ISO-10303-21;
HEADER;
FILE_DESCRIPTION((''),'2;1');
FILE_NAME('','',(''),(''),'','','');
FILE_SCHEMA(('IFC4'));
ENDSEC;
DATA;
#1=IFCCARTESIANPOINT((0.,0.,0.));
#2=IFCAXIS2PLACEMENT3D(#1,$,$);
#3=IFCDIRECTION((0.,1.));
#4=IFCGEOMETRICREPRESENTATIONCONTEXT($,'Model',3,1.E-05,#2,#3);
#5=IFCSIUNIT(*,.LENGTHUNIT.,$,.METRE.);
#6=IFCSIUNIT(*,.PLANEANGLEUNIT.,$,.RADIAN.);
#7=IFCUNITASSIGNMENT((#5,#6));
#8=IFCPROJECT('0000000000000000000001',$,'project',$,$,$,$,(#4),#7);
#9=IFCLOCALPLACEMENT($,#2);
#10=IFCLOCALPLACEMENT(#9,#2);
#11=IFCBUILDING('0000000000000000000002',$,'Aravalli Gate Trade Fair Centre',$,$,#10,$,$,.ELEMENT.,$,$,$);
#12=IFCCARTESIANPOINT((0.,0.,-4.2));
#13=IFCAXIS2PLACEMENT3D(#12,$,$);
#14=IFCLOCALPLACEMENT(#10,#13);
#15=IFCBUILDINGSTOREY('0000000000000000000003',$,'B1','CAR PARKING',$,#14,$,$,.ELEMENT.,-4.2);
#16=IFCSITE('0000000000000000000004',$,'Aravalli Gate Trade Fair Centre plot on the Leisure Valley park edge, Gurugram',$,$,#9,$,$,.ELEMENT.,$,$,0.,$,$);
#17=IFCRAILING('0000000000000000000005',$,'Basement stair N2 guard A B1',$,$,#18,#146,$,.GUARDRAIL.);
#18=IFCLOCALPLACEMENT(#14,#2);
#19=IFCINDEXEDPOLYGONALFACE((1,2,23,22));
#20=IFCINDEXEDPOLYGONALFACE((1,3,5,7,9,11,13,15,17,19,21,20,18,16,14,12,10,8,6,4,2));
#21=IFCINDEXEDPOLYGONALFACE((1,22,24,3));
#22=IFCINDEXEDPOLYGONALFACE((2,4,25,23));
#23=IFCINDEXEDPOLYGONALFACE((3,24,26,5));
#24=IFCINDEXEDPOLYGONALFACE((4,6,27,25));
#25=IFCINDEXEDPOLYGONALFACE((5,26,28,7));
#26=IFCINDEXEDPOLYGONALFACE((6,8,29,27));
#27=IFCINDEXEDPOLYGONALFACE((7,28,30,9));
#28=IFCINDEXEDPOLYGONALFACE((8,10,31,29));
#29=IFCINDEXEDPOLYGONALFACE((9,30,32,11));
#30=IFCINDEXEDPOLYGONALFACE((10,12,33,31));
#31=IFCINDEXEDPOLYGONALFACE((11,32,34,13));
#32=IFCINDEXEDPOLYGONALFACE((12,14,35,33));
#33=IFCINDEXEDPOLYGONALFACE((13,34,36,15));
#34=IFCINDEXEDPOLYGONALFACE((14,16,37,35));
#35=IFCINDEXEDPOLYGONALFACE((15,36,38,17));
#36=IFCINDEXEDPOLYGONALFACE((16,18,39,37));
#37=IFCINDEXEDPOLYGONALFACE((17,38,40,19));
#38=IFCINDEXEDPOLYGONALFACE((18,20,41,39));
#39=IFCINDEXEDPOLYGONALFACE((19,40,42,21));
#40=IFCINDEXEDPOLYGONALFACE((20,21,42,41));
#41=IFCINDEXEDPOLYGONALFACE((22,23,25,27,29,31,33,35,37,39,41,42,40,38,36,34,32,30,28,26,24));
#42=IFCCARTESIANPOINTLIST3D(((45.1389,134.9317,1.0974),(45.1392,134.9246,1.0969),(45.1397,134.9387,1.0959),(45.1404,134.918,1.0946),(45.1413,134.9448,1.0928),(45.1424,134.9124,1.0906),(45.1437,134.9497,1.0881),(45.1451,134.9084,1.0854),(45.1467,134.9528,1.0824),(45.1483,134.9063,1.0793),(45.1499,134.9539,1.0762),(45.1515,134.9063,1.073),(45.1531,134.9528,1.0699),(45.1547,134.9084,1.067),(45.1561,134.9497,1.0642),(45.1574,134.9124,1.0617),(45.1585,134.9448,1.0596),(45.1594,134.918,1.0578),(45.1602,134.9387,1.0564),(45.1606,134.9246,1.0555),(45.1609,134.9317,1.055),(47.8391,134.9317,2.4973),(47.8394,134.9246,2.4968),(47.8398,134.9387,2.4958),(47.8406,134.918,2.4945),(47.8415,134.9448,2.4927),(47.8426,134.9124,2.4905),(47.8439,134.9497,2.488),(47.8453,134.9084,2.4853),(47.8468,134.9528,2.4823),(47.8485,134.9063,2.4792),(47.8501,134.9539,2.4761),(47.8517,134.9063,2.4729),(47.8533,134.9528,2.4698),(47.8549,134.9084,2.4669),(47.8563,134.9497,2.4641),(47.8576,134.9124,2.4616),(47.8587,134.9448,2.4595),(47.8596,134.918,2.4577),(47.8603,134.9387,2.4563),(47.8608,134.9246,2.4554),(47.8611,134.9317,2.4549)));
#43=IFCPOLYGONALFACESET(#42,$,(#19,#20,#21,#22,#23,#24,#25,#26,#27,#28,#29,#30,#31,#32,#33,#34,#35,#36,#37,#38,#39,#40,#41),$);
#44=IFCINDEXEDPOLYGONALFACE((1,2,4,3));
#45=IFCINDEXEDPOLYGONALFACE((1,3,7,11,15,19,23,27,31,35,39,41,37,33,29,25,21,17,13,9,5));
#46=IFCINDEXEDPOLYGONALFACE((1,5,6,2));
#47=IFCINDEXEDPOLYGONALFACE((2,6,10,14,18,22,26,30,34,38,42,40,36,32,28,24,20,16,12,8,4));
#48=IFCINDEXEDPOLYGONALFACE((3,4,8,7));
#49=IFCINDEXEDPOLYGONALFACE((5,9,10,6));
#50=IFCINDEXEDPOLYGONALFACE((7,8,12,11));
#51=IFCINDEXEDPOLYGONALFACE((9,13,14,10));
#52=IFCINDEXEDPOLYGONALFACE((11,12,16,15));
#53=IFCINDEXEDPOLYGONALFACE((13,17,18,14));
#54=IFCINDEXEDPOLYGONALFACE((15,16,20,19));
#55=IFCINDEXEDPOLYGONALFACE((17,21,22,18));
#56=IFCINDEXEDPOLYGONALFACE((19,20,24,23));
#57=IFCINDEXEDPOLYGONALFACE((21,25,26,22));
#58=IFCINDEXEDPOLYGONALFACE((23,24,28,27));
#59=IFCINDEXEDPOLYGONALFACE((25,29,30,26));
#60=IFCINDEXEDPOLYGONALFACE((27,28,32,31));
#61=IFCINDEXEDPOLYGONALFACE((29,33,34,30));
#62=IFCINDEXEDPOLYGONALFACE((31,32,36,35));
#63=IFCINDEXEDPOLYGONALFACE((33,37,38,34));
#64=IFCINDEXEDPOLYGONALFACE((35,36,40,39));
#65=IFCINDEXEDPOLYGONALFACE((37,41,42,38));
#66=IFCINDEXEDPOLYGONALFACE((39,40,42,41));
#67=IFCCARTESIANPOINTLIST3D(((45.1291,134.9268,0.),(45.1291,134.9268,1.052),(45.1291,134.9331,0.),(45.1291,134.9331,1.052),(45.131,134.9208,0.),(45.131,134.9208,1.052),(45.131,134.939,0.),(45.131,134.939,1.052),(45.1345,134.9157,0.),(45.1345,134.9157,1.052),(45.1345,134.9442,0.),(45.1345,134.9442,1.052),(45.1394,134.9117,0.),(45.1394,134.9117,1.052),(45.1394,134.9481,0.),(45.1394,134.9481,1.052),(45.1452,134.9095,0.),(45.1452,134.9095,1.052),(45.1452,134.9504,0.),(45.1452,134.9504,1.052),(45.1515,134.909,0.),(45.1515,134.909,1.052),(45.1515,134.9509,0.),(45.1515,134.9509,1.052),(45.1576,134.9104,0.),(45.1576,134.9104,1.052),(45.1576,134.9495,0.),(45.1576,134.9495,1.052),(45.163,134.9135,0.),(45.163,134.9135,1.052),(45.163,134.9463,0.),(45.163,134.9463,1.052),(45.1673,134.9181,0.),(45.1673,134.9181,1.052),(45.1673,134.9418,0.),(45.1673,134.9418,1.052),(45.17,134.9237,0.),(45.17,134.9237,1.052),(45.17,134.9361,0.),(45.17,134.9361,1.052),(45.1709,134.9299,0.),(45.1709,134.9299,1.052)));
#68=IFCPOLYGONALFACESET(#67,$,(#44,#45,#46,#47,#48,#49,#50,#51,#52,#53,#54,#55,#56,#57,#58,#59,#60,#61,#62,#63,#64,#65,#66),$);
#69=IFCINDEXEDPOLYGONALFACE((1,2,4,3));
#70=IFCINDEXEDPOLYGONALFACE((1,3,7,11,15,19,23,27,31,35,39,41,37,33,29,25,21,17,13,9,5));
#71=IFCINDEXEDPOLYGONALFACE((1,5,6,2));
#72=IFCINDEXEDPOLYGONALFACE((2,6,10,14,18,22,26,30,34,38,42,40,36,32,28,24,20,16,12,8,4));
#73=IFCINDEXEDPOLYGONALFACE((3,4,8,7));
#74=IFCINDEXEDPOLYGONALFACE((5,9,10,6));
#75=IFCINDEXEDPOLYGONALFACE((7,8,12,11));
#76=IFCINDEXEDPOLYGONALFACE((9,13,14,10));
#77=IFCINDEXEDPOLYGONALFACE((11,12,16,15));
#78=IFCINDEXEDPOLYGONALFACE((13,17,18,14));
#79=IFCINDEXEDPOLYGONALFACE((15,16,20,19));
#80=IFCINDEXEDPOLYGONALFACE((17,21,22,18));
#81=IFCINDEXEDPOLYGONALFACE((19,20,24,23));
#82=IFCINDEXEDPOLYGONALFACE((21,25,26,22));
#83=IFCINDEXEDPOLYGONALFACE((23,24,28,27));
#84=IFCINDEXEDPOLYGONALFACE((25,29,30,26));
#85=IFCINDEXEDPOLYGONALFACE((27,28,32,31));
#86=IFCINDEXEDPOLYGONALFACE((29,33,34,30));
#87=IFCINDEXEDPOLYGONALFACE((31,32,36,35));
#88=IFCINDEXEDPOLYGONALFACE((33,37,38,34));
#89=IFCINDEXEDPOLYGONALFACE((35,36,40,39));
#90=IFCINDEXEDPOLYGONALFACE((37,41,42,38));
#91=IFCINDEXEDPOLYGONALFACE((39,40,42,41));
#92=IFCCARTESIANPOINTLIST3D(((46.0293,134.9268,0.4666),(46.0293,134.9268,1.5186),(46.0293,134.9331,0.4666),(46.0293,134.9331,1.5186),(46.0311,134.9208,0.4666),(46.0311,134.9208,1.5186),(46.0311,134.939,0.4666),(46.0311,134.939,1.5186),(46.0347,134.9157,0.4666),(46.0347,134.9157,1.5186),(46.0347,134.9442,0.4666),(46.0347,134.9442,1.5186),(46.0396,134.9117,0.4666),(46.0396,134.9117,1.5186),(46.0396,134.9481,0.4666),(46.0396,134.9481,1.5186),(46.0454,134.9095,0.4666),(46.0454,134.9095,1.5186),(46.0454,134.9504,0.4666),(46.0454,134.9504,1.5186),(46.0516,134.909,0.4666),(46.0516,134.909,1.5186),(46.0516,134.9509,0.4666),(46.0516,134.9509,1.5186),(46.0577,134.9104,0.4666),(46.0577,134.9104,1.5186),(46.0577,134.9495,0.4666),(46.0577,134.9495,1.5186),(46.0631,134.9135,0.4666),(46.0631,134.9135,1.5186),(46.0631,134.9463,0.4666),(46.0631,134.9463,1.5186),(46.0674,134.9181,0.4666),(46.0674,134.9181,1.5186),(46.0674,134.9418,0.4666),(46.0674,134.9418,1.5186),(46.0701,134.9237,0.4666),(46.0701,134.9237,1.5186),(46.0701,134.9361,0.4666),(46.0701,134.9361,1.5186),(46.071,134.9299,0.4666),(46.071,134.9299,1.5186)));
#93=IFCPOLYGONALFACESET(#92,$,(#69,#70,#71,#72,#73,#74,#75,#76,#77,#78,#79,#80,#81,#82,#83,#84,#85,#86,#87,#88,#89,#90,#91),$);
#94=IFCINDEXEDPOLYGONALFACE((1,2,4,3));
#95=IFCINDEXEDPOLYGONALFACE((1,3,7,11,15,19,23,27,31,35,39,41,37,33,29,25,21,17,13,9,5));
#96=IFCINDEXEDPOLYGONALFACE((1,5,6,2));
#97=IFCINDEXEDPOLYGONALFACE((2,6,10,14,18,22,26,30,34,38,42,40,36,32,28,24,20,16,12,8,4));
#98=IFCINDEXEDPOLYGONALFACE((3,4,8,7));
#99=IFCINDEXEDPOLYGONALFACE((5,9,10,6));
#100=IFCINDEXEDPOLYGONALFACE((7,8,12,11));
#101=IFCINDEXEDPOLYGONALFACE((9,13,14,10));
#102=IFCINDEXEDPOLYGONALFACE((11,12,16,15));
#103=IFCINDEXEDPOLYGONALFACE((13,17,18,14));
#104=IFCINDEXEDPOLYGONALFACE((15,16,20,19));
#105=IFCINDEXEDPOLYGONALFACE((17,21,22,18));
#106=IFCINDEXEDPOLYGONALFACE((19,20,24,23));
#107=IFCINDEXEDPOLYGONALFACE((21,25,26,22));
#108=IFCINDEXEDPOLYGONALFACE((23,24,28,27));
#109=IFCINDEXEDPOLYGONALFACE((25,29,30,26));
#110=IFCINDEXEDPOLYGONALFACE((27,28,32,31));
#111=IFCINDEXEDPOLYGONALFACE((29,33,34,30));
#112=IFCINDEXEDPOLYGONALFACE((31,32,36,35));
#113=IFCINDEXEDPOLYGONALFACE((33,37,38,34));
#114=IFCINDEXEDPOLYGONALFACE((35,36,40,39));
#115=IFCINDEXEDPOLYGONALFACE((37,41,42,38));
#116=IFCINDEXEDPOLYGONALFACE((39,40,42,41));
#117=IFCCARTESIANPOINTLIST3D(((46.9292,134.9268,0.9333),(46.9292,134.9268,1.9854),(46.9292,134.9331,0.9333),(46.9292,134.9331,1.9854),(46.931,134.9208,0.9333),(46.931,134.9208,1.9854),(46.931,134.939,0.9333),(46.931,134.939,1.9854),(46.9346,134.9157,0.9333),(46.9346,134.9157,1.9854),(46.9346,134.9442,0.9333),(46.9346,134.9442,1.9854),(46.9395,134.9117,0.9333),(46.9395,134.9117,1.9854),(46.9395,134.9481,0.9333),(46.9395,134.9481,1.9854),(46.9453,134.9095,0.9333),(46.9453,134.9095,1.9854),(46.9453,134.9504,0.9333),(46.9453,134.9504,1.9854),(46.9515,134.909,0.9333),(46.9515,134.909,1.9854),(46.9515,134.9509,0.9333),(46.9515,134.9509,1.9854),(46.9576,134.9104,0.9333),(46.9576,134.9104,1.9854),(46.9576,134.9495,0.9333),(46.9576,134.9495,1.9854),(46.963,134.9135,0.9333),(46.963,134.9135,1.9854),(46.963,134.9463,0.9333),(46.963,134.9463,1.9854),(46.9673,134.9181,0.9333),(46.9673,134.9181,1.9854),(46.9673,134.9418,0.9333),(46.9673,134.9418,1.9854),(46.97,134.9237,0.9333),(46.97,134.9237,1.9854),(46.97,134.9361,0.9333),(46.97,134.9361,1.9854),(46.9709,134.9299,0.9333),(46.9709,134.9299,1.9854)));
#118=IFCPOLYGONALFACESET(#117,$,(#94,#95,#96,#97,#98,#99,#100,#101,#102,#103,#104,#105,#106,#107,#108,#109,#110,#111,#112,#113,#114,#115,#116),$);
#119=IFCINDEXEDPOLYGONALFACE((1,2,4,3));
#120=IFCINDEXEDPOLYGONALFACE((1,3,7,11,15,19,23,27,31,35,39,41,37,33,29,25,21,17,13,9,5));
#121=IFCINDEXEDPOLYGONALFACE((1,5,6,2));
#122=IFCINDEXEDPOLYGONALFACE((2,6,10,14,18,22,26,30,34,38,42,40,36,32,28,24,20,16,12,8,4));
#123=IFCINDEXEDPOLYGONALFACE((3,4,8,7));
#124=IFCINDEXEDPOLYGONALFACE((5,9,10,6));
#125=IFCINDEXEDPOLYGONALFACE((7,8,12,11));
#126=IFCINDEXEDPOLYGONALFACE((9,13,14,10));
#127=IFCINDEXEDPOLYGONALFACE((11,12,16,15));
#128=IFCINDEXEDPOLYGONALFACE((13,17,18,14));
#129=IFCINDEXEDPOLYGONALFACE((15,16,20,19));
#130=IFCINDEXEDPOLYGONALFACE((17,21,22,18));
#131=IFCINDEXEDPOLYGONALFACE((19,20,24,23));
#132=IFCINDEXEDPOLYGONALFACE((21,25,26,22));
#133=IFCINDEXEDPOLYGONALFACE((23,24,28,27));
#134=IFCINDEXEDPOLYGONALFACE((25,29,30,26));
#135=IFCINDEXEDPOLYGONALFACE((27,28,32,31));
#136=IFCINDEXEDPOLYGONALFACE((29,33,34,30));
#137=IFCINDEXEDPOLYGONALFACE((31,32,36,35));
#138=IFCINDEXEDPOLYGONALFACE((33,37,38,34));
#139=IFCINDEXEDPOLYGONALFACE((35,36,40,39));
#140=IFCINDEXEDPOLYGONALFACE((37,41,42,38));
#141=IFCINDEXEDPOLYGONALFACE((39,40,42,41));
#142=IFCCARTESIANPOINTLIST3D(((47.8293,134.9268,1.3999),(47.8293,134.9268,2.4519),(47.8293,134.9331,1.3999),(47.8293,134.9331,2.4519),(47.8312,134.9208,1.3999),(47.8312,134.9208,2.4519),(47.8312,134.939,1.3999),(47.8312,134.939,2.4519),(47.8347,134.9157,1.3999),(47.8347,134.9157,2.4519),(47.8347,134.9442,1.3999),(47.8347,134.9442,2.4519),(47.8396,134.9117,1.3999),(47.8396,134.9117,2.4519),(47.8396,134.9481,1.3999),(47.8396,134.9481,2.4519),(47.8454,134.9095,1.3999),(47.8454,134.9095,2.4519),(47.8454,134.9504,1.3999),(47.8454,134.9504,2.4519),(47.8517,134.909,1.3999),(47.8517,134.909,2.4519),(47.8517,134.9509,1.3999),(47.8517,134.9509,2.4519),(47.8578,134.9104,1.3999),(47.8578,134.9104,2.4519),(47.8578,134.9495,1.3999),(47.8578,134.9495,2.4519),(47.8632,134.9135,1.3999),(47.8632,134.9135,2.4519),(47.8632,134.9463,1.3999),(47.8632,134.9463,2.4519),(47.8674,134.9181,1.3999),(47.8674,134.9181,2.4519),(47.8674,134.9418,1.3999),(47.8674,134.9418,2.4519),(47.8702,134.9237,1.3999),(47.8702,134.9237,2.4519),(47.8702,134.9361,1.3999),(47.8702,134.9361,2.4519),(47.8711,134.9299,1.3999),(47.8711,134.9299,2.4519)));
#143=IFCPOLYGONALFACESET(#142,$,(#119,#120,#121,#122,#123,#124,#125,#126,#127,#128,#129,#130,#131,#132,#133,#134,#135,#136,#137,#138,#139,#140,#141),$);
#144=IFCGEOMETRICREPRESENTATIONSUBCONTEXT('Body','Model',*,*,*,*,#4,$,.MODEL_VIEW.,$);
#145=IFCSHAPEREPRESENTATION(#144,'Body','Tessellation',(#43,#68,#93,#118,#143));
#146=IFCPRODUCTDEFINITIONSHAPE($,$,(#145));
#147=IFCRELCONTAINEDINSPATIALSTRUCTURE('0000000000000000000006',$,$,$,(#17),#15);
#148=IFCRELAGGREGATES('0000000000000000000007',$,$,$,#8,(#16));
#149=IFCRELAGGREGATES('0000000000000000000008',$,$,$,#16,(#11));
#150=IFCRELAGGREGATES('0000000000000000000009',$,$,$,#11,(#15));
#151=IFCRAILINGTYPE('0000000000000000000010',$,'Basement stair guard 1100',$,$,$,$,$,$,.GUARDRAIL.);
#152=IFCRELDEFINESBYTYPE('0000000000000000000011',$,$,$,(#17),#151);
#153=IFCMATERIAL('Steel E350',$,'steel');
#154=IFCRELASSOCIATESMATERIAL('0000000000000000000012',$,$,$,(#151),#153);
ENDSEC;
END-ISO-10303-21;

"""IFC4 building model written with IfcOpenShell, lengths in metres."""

from ifc_helpers import new_model, si_unit, direction, frame, origin, origin_2d, place, context, subcontext, project, spatial, circle, extrude, material, type_object, element, save


model = new_model("IFC4")

# Units and contexts
model_context = context("Model", 3, precision=1e-05, world=origin(), true_north=direction((0.0, 1.0)))
body_context = subcontext(model_context, "Body", "Model", "MODEL_VIEW")
ifc_project = project(units=[si_unit("LENGTHUNIT", "METRE"), si_unit("PLANEANGLEUNIT", "RADIAN")], contexts=[model_context])

# Site, building, storey
site_placement = place(None, origin())
site = spatial("IfcSite", under=ifc_project, at=site_placement, Name="Aravalli Gate Trade Fair Centre plot on the Leisure Valley park edge, Gurugram", CompositionType="ELEMENT", RefElevation=0.0)
building_placement = place(site_placement, origin())
building = spatial("IfcBuilding", under=site, at=building_placement, Name="Aravalli Gate Trade Fair Centre", CompositionType="ELEMENT")
storey_placement = place(building_placement, frame((0.0, 0.0, -4.2)))
storey = spatial("IfcBuildingStorey", under=building, at=storey_placement, Name="B1", Description="CAR PARKING", CompositionType="ELEMENT", Elevation=-4.2)

# Railing
ifc_material_1 = material(Name="Steel E350", Category="steel")
railing_type_1 = type_object("IfcRailingType", Name="Basement stair guard 1100", PredefinedType="GUARDRAIL", material=ifc_material_1)
railing_1_placement = place(storey_placement, frame((45.1499, 134.9299, 0.0)))
element("IfcRailing", 1, at=railing_1_placement, inside=storey, type_object=railing_type_1, Name="Basement stair N2 guard A B1", PredefinedType="GUARDRAIL", context=body_context, shape_type="SweptSolid", body=[
    extrude(circle(Radius=0.0239, at=origin_2d()), frame((0.0, 0.0, 1.0762), z_axis=(0.887781, 0.0, 0.460266), x_axis=(0.0, 1.0, 0.0)), (0.0, 0.0, 1.0), 3.0415),
    extrude(circle(Radius=0.021, at=origin_2d()), origin(), (0.0, 0.0, 1.0), 1.052),
    extrude(circle(Radius=0.021, at=origin_2d()), frame((0.9001, 0.0, 0.4666)), (0.0, 0.0, 1.0), 1.052),
    extrude(circle(Radius=0.021, at=origin_2d()), frame((1.8, 0.0, 0.9333)), (0.0, 0.0, 1.0), 1.052),
    extrude(circle(Radius=0.021, at=origin_2d()), frame((2.7002, 0.0, 1.3999)), (0.0, 0.0, 1.0), 1.052),
])

save(model, "model.ifc")
